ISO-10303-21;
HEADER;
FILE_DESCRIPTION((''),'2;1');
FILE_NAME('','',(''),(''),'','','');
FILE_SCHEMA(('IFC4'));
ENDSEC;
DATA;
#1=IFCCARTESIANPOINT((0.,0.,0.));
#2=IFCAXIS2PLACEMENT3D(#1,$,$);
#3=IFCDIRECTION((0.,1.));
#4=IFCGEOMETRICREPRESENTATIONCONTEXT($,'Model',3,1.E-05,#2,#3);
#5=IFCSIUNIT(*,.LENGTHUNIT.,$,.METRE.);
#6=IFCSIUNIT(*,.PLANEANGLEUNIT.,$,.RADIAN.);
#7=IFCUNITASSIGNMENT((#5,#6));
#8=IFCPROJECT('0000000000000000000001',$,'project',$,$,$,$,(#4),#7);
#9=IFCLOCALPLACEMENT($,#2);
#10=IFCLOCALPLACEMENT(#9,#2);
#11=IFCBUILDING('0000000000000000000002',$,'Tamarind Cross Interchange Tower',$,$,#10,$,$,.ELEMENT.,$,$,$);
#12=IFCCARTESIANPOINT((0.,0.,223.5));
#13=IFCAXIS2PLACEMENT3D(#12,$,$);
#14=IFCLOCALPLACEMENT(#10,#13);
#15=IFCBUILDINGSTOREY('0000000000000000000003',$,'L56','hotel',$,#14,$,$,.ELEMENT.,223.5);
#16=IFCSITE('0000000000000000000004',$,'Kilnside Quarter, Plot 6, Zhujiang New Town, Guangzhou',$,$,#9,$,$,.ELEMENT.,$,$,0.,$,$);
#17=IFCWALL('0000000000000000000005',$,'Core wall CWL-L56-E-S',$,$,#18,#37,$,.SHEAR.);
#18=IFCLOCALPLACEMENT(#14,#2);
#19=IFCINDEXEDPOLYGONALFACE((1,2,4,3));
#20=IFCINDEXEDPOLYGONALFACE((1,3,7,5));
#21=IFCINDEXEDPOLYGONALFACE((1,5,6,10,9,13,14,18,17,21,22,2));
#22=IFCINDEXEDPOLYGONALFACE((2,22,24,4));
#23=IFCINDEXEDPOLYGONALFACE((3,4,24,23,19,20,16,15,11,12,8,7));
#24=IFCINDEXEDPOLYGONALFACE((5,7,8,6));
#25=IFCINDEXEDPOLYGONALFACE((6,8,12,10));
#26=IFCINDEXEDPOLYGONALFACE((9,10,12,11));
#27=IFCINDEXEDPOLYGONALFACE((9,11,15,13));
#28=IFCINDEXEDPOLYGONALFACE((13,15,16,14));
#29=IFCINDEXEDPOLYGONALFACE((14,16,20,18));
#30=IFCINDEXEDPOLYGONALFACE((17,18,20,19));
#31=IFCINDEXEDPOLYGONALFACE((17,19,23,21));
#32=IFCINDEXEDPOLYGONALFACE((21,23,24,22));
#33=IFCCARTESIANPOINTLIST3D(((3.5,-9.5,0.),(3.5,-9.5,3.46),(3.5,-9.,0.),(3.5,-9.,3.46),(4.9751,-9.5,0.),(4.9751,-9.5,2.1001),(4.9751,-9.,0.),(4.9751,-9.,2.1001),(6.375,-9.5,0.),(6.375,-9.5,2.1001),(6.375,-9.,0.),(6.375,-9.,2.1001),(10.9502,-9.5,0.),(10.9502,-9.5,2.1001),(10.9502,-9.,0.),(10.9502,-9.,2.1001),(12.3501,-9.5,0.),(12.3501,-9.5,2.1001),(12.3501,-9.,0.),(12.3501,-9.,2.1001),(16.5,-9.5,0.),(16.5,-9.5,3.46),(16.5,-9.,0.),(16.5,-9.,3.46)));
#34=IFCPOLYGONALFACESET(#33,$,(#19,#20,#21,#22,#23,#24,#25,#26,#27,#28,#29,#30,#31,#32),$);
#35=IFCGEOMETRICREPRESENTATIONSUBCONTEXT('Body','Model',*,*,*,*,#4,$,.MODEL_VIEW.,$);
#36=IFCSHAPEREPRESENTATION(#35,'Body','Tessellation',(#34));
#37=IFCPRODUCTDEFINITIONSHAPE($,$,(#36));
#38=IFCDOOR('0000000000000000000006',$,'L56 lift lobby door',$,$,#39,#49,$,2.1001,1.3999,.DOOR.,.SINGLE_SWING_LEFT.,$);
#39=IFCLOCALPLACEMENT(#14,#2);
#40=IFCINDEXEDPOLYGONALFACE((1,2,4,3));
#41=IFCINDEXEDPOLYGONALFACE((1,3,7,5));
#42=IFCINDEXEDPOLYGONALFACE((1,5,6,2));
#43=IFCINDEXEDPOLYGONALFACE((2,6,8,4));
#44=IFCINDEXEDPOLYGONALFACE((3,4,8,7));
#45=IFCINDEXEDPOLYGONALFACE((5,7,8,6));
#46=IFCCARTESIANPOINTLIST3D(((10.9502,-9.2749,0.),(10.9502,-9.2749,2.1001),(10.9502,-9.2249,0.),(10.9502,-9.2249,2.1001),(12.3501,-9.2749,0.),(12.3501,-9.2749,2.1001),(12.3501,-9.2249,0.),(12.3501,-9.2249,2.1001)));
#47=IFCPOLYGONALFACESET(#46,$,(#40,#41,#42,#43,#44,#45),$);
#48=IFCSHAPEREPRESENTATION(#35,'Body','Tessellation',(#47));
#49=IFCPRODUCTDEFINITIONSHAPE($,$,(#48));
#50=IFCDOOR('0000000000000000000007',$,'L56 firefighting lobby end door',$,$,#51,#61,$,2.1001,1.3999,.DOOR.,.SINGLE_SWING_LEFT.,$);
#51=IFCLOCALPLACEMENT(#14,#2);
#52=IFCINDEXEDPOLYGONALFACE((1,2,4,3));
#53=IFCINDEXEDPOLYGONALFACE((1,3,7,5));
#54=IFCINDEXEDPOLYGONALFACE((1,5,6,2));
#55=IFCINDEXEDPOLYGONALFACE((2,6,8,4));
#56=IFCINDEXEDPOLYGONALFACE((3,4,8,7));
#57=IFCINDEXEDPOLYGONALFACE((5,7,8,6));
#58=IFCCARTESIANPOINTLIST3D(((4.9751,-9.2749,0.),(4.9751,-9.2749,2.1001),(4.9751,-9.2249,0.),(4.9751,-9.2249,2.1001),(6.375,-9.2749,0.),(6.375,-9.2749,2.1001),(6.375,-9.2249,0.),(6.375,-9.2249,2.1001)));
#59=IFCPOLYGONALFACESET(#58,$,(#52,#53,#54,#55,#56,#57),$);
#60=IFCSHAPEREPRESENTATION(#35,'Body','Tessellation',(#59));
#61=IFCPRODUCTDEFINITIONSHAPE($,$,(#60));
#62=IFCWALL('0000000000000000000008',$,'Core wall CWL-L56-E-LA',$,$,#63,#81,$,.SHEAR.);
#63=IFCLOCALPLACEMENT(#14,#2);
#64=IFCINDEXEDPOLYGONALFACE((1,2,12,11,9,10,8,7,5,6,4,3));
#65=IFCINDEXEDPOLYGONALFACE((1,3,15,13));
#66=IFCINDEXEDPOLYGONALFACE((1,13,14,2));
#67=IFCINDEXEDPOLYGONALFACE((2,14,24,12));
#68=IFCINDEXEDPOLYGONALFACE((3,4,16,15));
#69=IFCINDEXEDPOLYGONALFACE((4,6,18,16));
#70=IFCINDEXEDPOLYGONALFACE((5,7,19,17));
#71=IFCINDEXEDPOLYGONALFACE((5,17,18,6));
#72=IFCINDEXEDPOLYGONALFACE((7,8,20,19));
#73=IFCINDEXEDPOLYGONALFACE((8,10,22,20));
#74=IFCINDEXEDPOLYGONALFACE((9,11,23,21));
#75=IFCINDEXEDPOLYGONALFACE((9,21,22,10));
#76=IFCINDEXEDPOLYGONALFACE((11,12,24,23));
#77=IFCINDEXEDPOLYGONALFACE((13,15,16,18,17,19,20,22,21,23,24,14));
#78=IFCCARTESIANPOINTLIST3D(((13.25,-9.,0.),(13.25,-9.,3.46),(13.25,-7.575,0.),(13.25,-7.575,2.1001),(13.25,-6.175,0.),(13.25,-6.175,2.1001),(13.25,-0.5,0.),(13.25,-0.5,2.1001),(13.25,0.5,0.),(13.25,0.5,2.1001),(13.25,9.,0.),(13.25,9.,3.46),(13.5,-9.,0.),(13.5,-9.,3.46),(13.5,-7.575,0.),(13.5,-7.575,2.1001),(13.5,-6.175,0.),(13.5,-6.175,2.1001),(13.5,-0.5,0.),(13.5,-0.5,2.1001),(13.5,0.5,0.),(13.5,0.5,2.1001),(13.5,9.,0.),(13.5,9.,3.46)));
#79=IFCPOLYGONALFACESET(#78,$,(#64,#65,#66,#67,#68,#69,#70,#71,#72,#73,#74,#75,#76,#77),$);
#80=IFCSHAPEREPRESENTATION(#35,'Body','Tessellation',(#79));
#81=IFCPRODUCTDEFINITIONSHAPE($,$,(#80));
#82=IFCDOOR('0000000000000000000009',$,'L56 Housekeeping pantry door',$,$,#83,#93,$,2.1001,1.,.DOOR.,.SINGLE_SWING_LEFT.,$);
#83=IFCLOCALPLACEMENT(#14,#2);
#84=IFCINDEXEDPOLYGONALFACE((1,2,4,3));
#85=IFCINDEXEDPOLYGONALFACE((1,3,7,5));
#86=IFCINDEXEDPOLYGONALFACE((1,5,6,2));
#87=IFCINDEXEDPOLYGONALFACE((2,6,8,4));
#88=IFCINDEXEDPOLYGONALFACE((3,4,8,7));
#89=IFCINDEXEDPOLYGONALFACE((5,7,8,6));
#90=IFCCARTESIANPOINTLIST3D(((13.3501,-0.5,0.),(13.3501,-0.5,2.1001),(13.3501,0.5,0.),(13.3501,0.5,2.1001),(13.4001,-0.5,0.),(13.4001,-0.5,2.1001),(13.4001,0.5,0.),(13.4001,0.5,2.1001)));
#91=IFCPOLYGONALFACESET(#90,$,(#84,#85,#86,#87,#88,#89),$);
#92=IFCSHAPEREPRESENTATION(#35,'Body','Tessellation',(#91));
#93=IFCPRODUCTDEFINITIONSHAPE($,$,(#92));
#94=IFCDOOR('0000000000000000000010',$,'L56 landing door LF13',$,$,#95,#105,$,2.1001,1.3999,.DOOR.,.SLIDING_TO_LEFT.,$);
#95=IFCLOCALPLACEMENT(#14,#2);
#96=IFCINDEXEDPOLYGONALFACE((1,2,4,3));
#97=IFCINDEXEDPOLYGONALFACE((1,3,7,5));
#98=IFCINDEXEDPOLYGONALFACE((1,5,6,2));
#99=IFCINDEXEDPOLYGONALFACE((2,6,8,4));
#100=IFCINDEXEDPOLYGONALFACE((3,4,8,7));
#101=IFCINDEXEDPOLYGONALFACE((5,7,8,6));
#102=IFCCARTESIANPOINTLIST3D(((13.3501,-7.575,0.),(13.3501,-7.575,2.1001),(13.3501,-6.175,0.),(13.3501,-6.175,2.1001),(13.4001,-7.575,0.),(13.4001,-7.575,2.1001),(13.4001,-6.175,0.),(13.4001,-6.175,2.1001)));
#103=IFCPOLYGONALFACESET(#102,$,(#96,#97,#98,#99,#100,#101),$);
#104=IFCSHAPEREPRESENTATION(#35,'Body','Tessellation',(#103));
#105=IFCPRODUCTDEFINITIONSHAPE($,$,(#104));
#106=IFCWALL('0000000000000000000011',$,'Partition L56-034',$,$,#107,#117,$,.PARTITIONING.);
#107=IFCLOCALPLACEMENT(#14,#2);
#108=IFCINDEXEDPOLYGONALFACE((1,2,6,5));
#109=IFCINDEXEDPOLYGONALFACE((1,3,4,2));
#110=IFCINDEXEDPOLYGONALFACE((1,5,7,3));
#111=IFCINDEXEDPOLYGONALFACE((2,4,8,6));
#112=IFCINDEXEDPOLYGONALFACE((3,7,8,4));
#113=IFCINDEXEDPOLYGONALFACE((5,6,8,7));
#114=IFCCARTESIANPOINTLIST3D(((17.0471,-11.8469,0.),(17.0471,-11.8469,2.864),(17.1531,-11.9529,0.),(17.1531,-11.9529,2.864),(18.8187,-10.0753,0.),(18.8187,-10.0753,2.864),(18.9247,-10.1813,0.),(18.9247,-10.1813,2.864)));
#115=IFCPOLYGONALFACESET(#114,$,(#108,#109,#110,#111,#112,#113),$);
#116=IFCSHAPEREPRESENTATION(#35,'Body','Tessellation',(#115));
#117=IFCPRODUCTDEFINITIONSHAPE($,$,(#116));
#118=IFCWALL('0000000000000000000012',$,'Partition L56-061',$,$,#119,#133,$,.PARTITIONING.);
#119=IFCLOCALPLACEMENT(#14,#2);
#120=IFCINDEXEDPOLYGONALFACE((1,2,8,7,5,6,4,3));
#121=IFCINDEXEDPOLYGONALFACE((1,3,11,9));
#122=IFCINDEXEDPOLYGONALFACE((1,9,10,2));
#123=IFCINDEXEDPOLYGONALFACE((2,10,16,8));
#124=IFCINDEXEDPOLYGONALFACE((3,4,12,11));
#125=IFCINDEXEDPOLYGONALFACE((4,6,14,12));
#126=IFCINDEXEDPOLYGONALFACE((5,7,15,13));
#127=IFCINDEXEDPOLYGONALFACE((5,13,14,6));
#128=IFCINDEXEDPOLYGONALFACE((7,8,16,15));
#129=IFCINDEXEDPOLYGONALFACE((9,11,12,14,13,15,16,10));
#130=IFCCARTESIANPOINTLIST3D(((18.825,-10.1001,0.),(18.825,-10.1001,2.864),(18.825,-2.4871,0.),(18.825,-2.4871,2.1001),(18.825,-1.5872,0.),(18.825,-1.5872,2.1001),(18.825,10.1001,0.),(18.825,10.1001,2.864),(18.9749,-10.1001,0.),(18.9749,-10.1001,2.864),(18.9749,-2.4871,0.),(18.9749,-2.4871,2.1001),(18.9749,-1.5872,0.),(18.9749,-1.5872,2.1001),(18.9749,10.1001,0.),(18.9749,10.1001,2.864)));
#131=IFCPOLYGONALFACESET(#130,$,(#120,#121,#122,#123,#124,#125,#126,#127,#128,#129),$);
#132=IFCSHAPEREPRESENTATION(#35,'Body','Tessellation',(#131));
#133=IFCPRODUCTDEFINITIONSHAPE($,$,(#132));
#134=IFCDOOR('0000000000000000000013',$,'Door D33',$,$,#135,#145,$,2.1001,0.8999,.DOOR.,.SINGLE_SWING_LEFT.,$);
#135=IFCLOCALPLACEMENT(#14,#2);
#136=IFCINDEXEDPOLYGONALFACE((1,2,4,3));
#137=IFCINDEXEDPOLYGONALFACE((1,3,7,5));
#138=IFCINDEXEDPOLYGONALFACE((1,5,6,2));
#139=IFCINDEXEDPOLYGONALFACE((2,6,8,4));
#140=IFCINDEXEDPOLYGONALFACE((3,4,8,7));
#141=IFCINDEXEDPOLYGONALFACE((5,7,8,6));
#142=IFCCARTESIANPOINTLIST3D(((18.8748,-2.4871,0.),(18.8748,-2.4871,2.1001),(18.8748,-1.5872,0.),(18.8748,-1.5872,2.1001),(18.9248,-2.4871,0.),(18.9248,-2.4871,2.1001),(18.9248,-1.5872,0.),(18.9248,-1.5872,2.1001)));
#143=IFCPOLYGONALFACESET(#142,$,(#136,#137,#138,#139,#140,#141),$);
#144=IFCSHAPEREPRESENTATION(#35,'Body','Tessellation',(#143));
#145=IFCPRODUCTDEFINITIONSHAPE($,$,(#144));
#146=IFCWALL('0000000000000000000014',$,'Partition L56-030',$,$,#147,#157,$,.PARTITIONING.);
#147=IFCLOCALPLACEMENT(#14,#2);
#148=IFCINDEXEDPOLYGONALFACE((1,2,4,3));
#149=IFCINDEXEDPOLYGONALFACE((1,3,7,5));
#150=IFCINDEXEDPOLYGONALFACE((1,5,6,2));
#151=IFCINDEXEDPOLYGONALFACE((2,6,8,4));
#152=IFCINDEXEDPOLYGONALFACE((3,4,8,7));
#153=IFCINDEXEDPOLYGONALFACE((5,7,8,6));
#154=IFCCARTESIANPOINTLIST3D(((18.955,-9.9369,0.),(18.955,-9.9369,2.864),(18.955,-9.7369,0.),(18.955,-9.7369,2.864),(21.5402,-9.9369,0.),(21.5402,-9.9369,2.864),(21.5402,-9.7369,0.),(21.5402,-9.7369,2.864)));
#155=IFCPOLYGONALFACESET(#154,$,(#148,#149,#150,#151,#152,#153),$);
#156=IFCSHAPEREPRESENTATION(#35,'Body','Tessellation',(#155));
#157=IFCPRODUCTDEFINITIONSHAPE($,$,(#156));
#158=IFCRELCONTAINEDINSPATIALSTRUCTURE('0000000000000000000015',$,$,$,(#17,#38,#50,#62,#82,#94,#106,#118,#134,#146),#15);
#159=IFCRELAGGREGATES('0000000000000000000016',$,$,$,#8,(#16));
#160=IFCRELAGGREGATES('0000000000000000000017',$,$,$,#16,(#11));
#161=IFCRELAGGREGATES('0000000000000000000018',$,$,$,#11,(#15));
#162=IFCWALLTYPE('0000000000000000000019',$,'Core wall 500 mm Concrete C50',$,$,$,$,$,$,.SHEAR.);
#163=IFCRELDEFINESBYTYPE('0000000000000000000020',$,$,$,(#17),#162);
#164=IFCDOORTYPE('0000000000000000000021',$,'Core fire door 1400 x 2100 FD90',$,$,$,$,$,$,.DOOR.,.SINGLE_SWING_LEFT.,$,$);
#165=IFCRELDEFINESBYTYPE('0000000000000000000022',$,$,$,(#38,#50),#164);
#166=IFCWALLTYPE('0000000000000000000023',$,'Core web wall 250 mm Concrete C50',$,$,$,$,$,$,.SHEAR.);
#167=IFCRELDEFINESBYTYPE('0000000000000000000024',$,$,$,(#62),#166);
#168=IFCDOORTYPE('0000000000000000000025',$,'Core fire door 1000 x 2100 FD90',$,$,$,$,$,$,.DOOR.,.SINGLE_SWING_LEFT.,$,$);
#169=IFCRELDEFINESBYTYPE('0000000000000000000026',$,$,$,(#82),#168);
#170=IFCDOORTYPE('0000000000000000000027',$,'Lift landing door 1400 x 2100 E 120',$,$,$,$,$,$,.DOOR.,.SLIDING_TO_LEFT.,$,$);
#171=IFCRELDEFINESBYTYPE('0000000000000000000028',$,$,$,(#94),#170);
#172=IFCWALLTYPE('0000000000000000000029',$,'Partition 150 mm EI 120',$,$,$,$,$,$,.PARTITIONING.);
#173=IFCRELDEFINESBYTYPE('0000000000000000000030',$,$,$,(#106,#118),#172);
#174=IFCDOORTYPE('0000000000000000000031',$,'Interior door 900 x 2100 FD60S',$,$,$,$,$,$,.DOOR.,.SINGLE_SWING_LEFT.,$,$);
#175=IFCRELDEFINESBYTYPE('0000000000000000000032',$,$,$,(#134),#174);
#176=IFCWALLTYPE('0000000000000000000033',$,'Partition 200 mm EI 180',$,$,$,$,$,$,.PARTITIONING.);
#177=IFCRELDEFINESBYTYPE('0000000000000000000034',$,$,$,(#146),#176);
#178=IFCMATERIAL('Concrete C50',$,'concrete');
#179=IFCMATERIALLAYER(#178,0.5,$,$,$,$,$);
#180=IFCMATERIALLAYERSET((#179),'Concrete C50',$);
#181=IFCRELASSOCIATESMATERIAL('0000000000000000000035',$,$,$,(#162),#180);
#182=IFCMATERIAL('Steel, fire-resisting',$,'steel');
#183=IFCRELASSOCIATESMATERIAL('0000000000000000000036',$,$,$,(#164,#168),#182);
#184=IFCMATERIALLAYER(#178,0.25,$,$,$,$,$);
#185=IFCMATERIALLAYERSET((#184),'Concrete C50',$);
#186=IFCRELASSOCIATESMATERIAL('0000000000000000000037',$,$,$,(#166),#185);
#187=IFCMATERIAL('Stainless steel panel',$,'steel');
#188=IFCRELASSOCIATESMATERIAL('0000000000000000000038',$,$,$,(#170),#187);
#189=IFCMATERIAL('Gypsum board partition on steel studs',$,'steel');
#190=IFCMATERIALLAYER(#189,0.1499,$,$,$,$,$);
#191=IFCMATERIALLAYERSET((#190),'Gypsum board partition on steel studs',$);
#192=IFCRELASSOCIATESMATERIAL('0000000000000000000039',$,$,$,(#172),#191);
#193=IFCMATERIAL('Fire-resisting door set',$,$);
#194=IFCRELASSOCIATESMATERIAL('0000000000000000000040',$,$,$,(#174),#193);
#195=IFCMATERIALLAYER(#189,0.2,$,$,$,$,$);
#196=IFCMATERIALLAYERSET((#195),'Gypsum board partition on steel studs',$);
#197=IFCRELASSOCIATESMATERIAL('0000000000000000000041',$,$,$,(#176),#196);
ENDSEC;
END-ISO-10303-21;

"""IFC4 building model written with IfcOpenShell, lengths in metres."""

from ifc_helpers import new_model, si_unit, direction, frame, frame_2d, origin, place, context, subcontext, project, spatial, rectangle, extrude, material, layer, layer_set, type_object, element, fill, save


model = new_model("IFC4")

# Units and contexts
model_context = context("Model", 3, precision=1e-05, world=origin(), true_north=direction((0.0, 1.0)))
body_context = subcontext(model_context, "Body", "Model", "MODEL_VIEW")
ifc_project = project(units=[si_unit("LENGTHUNIT", "METRE"), si_unit("PLANEANGLEUNIT", "RADIAN")], contexts=[model_context])

# Site, building, storey
site_placement = place(None, origin())
site = spatial("IfcSite", under=ifc_project, at=site_placement, Name="Kilnside Quarter, Plot 6, Zhujiang New Town, Guangzhou", CompositionType="ELEMENT", RefElevation=0.0)
building_placement = place(site_placement, origin())
building = spatial("IfcBuilding", under=site, at=building_placement, Name="Tamarind Cross Interchange Tower", CompositionType="ELEMENT")
storey_placement = place(building_placement, frame((0.0, 0.0, 223.5)))
storey = spatial("IfcBuildingStorey", under=building, at=storey_placement, Name="L56", Description="hotel", CompositionType="ELEMENT", Elevation=223.5)

# Shared definitions
ifc_material_1 = material(Name="Concrete C50", Category="concrete")

# Walls, openings, doors
ifc_layer_1 = layer(ifc_material_1, 0.5)
ifc_layer_set_1 = layer_set([ifc_layer_1], Name="Concrete C50")
wall_type_1 = type_object("IfcWallType", Name="Core wall 500 mm Concrete C50", PredefinedType="SHEAR", material=ifc_layer_set_1)
wall_1_placement = place(storey_placement, frame((16.5, -9.25, 0.0), z_axis=(0.0, 0.0, 1.0), x_axis=(-1.0, 0.0, 0.0)))
wall_1 = element("IfcWall", 1, at=wall_1_placement, inside=storey, type_object=wall_type_1, Name="Core wall CWL-L56-E-S", PredefinedType="SHEAR", context=body_context, shape_type="SweptSolid", body=[
    extrude(rectangle(XDim=13.0, YDim=0.5, at=frame_2d((6.5, 0.0))), origin(), (0.0, 0.0, 1.0), 3.46),
])
opening_1_placement = place(wall_1_placement, frame((4.1499, 0.0, 0.0)))
opening_1 = element("IfcOpeningElement", 2, at=opening_1_placement, cuts=wall_1, PredefinedType="OPENING", context=body_context, shape_type="SweptSolid", body=[
    extrude(rectangle(XDim=1.3999, YDim=2.1001, at=frame_2d((0.7, 1.05))), frame((0.0, 0.26, 0.0), z_axis=(0.0, -1.0, 0.0), x_axis=(1.0, 0.0, 0.0)), (0.0, 0.0, 1.0), 0.52),
])
opening_2_placement = place(wall_1_placement, frame((10.125, 0.0, 0.0)))
opening_2 = element("IfcOpeningElement", 3, at=opening_2_placement, cuts=wall_1, PredefinedType="OPENING", context=body_context, shape_type="SweptSolid", body=[
    extrude(rectangle(XDim=1.3999, YDim=2.1001, at=frame_2d((0.7, 1.05))), frame((0.0, 0.26, 0.0), z_axis=(0.0, -1.0, 0.0), x_axis=(1.0, 0.0, 0.0)), (0.0, 0.0, 1.0), 0.52),
])
ifc_material_2 = material(Name="Steel, fire-resisting", Category="steel")
door_type_1 = type_object("IfcDoorType", Name="Core fire door 1400 x 2100 FD90", OperationType="SINGLE_SWING_LEFT", PredefinedType="DOOR", material=ifc_material_2)
door_1_placement = place(opening_1_placement, origin())
door_1 = element("IfcDoor", 4, at=door_1_placement, inside=storey, type_object=door_type_1, Name="L56 lift lobby door", OperationType="SINGLE_SWING_LEFT", OverallHeight=2.1001, OverallWidth=1.3999, PredefinedType="DOOR", context=body_context, shape_type="SweptSolid", body=[
    extrude(rectangle(XDim=1.3999, YDim=2.1001, at=frame_2d((0.7, 1.05))), frame((0.0, 0.0249, 0.0), z_axis=(0.0, -1.0, 0.0), x_axis=(1.0, 0.0, 0.0)), (0.0, 0.0, 1.0), 0.05),
])
fill(opening_1, door_1)
door_2_placement = place(opening_2_placement, origin())
door_2 = element("IfcDoor", 5, at=door_2_placement, inside=storey, type_object=door_type_1, Name="L56 firefighting lobby end door", OperationType="SINGLE_SWING_LEFT", OverallHeight=2.1001, OverallWidth=1.3999, PredefinedType="DOOR", context=body_context, shape_type="SweptSolid", body=[
    extrude(rectangle(XDim=1.3999, YDim=2.1001, at=frame_2d((0.7, 1.05))), frame((0.0, 0.0249, 0.0), z_axis=(0.0, -1.0, 0.0), x_axis=(1.0, 0.0, 0.0)), (0.0, 0.0, 1.0), 0.05),
])
fill(opening_2, door_2)
ifc_layer_2 = layer(ifc_material_1, 0.25)
ifc_layer_set_2 = layer_set([ifc_layer_2], Name="Concrete C50")
wall_type_2 = type_object("IfcWallType", Name="Core web wall 250 mm Concrete C50", PredefinedType="SHEAR", material=ifc_layer_set_2)
wall_2_placement = place(storey_placement, frame((13.375, -9.0, 0.0), z_axis=(0.0, 0.0, 1.0), x_axis=(0.0, 1.0, 0.0)))
wall_2 = element("IfcWall", 6, at=wall_2_placement, inside=storey, type_object=wall_type_2, Name="Core wall CWL-L56-E-LA", PredefinedType="SHEAR", context=body_context, shape_type="SweptSolid", body=[
    extrude(rectangle(XDim=18.0, YDim=0.25, at=frame_2d((9.0, 0.0))), origin(), (0.0, 0.0, 1.0), 3.46),
])
opening_3_placement = place(wall_2_placement, frame((1.425, 0.0, 0.0)))
opening_3 = element("IfcOpeningElement", 7, at=opening_3_placement, cuts=wall_2, PredefinedType="OPENING", context=body_context, shape_type="SweptSolid", body=[
    extrude(rectangle(XDim=1.3999, YDim=2.1001, at=frame_2d((0.7, 1.05))), frame((0.0, 0.135, 0.0), z_axis=(0.0, -1.0, 0.0), x_axis=(1.0, 0.0, 0.0)), (0.0, 0.0, 1.0), 0.27),
])
opening_4_placement = place(wall_2_placement, frame((8.5, 0.0, 0.0)))
opening_4 = element("IfcOpeningElement", 8, at=opening_4_placement, cuts=wall_2, PredefinedType="OPENING", context=body_context, shape_type="SweptSolid", body=[
    extrude(rectangle(XDim=1.0, YDim=2.1001, at=frame_2d((0.5, 1.05))), frame((0.0, 0.135, 0.0), z_axis=(0.0, -1.0, 0.0), x_axis=(1.0, 0.0, 0.0)), (0.0, 0.0, 1.0), 0.27),
])
door_type_2 = type_object("IfcDoorType", Name="Core fire door 1000 x 2100 FD90", OperationType="SINGLE_SWING_LEFT", PredefinedType="DOOR", material=ifc_material_2)
door_3_placement = place(opening_4_placement, origin())
door_3 = element("IfcDoor", 9, at=door_3_placement, inside=storey, type_object=door_type_2, Name="L56 Housekeeping pantry door", OperationType="SINGLE_SWING_LEFT", OverallHeight=2.1001, OverallWidth=1.0, PredefinedType="DOOR", context=body_context, shape_type="SweptSolid", body=[
    extrude(rectangle(XDim=1.0, YDim=2.1001, at=frame_2d((0.5, 1.05))), frame((0.0, 0.0249, 0.0), z_axis=(0.0, -1.0, 0.0), x_axis=(1.0, 0.0, 0.0)), (0.0, 0.0, 1.0), 0.05),
])
fill(opening_4, door_3)
ifc_material_3 = material(Name="Stainless steel panel", Category="steel")
door_type_3 = type_object("IfcDoorType", Name="Lift landing door 1400 x 2100 E 120", OperationType="SLIDING_TO_LEFT", PredefinedType="DOOR", material=ifc_material_3)
door_4_placement = place(opening_3_placement, origin())
door_4 = element("IfcDoor", 10, at=door_4_placement, inside=storey, type_object=door_type_3, Name="L56 landing door LF13", OperationType="SLIDING_TO_LEFT", OverallHeight=2.1001, OverallWidth=1.3999, PredefinedType="DOOR", context=body_context, shape_type="SweptSolid", body=[
    extrude(rectangle(XDim=1.3999, YDim=2.1001, at=frame_2d((0.7, 1.05))), frame((0.0, 0.0249, 0.0), z_axis=(0.0, -1.0, 0.0), x_axis=(1.0, 0.0, 0.0)), (0.0, 0.0, 1.0), 0.05),
])
fill(opening_3, door_4)

# Wall
ifc_material_4 = material(Name="Gypsum board partition on steel studs", Category="steel")
ifc_layer_3 = layer(ifc_material_4, 0.1499)
ifc_layer_set_3 = layer_set([ifc_layer_3], Name="Gypsum board partition on steel studs")
wall_type_3 = type_object("IfcWallType", Name="Partition 150 mm EI 120", PredefinedType="PARTITIONING", material=ifc_layer_set_3)
wall_3_placement = place(storey_placement, frame((17.1001, -11.8999, 0.0), z_axis=(0.0, 0.0, 1.0), x_axis=(0.707107, 0.707107, 0.0)))
element("IfcWall", 11, at=wall_3_placement, inside=storey, type_object=wall_type_3, Name="Partition L56-034", PredefinedType="PARTITIONING", context=body_context, shape_type="SweptSolid", body=[
    extrude(rectangle(XDim=2.5054, YDim=0.1499, at=frame_2d((1.2527, 0.0))), origin(), (0.0, 0.0, 1.0), 2.864),
])

# Wall, opening, door
wall_4_placement = place(storey_placement, frame((18.8999, -10.1001, 0.0), z_axis=(0.0, 0.0, 1.0), x_axis=(0.0, 1.0, 0.0)))
wall_4 = element("IfcWall", 12, at=wall_4_placement, inside=storey, type_object=wall_type_3, Name="Partition L56-061", PredefinedType="PARTITIONING", context=body_context, shape_type="SweptSolid", body=[
    extrude(rectangle(XDim=20.2002, YDim=0.1499, at=frame_2d((10.1001, 0.0))), origin(), (0.0, 0.0, 1.0), 2.864),
])
opening_5_placement = place(wall_4_placement, frame((7.613, 0.0, 0.0)))
opening_5 = element("IfcOpeningElement", 13, at=opening_5_placement, cuts=wall_4, PredefinedType="OPENING", context=body_context, shape_type="SweptSolid", body=[
    extrude(rectangle(XDim=0.8999, YDim=2.1001, at=frame_2d((0.45, 1.05))), frame((0.0, 0.085, 0.0), z_axis=(0.0, -1.0, 0.0), x_axis=(1.0, 0.0, 0.0)), (0.0, 0.0, 1.0), 0.1699),
])
ifc_material_5 = material(Name="Fire-resisting door set")
door_type_4 = type_object("IfcDoorType", Name="Interior door 900 x 2100 FD60S", OperationType="SINGLE_SWING_LEFT", PredefinedType="DOOR", material=ifc_material_5)
door_5_placement = place(opening_5_placement, frame((0.8999, 0.0, 0.0), z_axis=(0.0, 0.0, 1.0), x_axis=(-1.0, 0.0, 0.0)))
door_5 = element("IfcDoor", 14, at=door_5_placement, inside=storey, type_object=door_type_4, Name="Door D33", OperationType="SINGLE_SWING_LEFT", OverallHeight=2.1001, OverallWidth=0.8999, PredefinedType="DOOR", context=body_context, shape_type="SweptSolid", body=[
    extrude(rectangle(XDim=0.8999, YDim=2.1001, at=frame_2d((0.45, 1.05))), frame((0.0, 0.0249, 0.0), z_axis=(0.0, -1.0, 0.0), x_axis=(1.0, 0.0, 0.0)), (0.0, 0.0, 1.0), 0.05),
])
fill(opening_5, door_5)

# Wall
ifc_layer_4 = layer(ifc_material_4, 0.2)
ifc_layer_set_4 = layer_set([ifc_layer_4], Name="Gypsum board partition on steel studs")
wall_type_4 = type_object("IfcWallType", Name="Partition 200 mm EI 180", PredefinedType="PARTITIONING", material=ifc_layer_set_4)
wall_5_placement = place(storey_placement, frame((18.9551, -9.8369, 0.0), z_axis=(0.0, 0.0, 1.0), x_axis=(1.0, 0.0, 0.0)))
element("IfcWall", 15, at=wall_5_placement, inside=storey, type_object=wall_type_4, Name="Partition L56-030", PredefinedType="PARTITIONING", context=body_context, shape_type="SweptSolid", body=[
    extrude(rectangle(XDim=2.5852, YDim=0.2, at=frame_2d((1.2925, 0.0))), origin(), (0.0, 0.0, 1.0), 2.864),
])

save(model, "model.ifc")
